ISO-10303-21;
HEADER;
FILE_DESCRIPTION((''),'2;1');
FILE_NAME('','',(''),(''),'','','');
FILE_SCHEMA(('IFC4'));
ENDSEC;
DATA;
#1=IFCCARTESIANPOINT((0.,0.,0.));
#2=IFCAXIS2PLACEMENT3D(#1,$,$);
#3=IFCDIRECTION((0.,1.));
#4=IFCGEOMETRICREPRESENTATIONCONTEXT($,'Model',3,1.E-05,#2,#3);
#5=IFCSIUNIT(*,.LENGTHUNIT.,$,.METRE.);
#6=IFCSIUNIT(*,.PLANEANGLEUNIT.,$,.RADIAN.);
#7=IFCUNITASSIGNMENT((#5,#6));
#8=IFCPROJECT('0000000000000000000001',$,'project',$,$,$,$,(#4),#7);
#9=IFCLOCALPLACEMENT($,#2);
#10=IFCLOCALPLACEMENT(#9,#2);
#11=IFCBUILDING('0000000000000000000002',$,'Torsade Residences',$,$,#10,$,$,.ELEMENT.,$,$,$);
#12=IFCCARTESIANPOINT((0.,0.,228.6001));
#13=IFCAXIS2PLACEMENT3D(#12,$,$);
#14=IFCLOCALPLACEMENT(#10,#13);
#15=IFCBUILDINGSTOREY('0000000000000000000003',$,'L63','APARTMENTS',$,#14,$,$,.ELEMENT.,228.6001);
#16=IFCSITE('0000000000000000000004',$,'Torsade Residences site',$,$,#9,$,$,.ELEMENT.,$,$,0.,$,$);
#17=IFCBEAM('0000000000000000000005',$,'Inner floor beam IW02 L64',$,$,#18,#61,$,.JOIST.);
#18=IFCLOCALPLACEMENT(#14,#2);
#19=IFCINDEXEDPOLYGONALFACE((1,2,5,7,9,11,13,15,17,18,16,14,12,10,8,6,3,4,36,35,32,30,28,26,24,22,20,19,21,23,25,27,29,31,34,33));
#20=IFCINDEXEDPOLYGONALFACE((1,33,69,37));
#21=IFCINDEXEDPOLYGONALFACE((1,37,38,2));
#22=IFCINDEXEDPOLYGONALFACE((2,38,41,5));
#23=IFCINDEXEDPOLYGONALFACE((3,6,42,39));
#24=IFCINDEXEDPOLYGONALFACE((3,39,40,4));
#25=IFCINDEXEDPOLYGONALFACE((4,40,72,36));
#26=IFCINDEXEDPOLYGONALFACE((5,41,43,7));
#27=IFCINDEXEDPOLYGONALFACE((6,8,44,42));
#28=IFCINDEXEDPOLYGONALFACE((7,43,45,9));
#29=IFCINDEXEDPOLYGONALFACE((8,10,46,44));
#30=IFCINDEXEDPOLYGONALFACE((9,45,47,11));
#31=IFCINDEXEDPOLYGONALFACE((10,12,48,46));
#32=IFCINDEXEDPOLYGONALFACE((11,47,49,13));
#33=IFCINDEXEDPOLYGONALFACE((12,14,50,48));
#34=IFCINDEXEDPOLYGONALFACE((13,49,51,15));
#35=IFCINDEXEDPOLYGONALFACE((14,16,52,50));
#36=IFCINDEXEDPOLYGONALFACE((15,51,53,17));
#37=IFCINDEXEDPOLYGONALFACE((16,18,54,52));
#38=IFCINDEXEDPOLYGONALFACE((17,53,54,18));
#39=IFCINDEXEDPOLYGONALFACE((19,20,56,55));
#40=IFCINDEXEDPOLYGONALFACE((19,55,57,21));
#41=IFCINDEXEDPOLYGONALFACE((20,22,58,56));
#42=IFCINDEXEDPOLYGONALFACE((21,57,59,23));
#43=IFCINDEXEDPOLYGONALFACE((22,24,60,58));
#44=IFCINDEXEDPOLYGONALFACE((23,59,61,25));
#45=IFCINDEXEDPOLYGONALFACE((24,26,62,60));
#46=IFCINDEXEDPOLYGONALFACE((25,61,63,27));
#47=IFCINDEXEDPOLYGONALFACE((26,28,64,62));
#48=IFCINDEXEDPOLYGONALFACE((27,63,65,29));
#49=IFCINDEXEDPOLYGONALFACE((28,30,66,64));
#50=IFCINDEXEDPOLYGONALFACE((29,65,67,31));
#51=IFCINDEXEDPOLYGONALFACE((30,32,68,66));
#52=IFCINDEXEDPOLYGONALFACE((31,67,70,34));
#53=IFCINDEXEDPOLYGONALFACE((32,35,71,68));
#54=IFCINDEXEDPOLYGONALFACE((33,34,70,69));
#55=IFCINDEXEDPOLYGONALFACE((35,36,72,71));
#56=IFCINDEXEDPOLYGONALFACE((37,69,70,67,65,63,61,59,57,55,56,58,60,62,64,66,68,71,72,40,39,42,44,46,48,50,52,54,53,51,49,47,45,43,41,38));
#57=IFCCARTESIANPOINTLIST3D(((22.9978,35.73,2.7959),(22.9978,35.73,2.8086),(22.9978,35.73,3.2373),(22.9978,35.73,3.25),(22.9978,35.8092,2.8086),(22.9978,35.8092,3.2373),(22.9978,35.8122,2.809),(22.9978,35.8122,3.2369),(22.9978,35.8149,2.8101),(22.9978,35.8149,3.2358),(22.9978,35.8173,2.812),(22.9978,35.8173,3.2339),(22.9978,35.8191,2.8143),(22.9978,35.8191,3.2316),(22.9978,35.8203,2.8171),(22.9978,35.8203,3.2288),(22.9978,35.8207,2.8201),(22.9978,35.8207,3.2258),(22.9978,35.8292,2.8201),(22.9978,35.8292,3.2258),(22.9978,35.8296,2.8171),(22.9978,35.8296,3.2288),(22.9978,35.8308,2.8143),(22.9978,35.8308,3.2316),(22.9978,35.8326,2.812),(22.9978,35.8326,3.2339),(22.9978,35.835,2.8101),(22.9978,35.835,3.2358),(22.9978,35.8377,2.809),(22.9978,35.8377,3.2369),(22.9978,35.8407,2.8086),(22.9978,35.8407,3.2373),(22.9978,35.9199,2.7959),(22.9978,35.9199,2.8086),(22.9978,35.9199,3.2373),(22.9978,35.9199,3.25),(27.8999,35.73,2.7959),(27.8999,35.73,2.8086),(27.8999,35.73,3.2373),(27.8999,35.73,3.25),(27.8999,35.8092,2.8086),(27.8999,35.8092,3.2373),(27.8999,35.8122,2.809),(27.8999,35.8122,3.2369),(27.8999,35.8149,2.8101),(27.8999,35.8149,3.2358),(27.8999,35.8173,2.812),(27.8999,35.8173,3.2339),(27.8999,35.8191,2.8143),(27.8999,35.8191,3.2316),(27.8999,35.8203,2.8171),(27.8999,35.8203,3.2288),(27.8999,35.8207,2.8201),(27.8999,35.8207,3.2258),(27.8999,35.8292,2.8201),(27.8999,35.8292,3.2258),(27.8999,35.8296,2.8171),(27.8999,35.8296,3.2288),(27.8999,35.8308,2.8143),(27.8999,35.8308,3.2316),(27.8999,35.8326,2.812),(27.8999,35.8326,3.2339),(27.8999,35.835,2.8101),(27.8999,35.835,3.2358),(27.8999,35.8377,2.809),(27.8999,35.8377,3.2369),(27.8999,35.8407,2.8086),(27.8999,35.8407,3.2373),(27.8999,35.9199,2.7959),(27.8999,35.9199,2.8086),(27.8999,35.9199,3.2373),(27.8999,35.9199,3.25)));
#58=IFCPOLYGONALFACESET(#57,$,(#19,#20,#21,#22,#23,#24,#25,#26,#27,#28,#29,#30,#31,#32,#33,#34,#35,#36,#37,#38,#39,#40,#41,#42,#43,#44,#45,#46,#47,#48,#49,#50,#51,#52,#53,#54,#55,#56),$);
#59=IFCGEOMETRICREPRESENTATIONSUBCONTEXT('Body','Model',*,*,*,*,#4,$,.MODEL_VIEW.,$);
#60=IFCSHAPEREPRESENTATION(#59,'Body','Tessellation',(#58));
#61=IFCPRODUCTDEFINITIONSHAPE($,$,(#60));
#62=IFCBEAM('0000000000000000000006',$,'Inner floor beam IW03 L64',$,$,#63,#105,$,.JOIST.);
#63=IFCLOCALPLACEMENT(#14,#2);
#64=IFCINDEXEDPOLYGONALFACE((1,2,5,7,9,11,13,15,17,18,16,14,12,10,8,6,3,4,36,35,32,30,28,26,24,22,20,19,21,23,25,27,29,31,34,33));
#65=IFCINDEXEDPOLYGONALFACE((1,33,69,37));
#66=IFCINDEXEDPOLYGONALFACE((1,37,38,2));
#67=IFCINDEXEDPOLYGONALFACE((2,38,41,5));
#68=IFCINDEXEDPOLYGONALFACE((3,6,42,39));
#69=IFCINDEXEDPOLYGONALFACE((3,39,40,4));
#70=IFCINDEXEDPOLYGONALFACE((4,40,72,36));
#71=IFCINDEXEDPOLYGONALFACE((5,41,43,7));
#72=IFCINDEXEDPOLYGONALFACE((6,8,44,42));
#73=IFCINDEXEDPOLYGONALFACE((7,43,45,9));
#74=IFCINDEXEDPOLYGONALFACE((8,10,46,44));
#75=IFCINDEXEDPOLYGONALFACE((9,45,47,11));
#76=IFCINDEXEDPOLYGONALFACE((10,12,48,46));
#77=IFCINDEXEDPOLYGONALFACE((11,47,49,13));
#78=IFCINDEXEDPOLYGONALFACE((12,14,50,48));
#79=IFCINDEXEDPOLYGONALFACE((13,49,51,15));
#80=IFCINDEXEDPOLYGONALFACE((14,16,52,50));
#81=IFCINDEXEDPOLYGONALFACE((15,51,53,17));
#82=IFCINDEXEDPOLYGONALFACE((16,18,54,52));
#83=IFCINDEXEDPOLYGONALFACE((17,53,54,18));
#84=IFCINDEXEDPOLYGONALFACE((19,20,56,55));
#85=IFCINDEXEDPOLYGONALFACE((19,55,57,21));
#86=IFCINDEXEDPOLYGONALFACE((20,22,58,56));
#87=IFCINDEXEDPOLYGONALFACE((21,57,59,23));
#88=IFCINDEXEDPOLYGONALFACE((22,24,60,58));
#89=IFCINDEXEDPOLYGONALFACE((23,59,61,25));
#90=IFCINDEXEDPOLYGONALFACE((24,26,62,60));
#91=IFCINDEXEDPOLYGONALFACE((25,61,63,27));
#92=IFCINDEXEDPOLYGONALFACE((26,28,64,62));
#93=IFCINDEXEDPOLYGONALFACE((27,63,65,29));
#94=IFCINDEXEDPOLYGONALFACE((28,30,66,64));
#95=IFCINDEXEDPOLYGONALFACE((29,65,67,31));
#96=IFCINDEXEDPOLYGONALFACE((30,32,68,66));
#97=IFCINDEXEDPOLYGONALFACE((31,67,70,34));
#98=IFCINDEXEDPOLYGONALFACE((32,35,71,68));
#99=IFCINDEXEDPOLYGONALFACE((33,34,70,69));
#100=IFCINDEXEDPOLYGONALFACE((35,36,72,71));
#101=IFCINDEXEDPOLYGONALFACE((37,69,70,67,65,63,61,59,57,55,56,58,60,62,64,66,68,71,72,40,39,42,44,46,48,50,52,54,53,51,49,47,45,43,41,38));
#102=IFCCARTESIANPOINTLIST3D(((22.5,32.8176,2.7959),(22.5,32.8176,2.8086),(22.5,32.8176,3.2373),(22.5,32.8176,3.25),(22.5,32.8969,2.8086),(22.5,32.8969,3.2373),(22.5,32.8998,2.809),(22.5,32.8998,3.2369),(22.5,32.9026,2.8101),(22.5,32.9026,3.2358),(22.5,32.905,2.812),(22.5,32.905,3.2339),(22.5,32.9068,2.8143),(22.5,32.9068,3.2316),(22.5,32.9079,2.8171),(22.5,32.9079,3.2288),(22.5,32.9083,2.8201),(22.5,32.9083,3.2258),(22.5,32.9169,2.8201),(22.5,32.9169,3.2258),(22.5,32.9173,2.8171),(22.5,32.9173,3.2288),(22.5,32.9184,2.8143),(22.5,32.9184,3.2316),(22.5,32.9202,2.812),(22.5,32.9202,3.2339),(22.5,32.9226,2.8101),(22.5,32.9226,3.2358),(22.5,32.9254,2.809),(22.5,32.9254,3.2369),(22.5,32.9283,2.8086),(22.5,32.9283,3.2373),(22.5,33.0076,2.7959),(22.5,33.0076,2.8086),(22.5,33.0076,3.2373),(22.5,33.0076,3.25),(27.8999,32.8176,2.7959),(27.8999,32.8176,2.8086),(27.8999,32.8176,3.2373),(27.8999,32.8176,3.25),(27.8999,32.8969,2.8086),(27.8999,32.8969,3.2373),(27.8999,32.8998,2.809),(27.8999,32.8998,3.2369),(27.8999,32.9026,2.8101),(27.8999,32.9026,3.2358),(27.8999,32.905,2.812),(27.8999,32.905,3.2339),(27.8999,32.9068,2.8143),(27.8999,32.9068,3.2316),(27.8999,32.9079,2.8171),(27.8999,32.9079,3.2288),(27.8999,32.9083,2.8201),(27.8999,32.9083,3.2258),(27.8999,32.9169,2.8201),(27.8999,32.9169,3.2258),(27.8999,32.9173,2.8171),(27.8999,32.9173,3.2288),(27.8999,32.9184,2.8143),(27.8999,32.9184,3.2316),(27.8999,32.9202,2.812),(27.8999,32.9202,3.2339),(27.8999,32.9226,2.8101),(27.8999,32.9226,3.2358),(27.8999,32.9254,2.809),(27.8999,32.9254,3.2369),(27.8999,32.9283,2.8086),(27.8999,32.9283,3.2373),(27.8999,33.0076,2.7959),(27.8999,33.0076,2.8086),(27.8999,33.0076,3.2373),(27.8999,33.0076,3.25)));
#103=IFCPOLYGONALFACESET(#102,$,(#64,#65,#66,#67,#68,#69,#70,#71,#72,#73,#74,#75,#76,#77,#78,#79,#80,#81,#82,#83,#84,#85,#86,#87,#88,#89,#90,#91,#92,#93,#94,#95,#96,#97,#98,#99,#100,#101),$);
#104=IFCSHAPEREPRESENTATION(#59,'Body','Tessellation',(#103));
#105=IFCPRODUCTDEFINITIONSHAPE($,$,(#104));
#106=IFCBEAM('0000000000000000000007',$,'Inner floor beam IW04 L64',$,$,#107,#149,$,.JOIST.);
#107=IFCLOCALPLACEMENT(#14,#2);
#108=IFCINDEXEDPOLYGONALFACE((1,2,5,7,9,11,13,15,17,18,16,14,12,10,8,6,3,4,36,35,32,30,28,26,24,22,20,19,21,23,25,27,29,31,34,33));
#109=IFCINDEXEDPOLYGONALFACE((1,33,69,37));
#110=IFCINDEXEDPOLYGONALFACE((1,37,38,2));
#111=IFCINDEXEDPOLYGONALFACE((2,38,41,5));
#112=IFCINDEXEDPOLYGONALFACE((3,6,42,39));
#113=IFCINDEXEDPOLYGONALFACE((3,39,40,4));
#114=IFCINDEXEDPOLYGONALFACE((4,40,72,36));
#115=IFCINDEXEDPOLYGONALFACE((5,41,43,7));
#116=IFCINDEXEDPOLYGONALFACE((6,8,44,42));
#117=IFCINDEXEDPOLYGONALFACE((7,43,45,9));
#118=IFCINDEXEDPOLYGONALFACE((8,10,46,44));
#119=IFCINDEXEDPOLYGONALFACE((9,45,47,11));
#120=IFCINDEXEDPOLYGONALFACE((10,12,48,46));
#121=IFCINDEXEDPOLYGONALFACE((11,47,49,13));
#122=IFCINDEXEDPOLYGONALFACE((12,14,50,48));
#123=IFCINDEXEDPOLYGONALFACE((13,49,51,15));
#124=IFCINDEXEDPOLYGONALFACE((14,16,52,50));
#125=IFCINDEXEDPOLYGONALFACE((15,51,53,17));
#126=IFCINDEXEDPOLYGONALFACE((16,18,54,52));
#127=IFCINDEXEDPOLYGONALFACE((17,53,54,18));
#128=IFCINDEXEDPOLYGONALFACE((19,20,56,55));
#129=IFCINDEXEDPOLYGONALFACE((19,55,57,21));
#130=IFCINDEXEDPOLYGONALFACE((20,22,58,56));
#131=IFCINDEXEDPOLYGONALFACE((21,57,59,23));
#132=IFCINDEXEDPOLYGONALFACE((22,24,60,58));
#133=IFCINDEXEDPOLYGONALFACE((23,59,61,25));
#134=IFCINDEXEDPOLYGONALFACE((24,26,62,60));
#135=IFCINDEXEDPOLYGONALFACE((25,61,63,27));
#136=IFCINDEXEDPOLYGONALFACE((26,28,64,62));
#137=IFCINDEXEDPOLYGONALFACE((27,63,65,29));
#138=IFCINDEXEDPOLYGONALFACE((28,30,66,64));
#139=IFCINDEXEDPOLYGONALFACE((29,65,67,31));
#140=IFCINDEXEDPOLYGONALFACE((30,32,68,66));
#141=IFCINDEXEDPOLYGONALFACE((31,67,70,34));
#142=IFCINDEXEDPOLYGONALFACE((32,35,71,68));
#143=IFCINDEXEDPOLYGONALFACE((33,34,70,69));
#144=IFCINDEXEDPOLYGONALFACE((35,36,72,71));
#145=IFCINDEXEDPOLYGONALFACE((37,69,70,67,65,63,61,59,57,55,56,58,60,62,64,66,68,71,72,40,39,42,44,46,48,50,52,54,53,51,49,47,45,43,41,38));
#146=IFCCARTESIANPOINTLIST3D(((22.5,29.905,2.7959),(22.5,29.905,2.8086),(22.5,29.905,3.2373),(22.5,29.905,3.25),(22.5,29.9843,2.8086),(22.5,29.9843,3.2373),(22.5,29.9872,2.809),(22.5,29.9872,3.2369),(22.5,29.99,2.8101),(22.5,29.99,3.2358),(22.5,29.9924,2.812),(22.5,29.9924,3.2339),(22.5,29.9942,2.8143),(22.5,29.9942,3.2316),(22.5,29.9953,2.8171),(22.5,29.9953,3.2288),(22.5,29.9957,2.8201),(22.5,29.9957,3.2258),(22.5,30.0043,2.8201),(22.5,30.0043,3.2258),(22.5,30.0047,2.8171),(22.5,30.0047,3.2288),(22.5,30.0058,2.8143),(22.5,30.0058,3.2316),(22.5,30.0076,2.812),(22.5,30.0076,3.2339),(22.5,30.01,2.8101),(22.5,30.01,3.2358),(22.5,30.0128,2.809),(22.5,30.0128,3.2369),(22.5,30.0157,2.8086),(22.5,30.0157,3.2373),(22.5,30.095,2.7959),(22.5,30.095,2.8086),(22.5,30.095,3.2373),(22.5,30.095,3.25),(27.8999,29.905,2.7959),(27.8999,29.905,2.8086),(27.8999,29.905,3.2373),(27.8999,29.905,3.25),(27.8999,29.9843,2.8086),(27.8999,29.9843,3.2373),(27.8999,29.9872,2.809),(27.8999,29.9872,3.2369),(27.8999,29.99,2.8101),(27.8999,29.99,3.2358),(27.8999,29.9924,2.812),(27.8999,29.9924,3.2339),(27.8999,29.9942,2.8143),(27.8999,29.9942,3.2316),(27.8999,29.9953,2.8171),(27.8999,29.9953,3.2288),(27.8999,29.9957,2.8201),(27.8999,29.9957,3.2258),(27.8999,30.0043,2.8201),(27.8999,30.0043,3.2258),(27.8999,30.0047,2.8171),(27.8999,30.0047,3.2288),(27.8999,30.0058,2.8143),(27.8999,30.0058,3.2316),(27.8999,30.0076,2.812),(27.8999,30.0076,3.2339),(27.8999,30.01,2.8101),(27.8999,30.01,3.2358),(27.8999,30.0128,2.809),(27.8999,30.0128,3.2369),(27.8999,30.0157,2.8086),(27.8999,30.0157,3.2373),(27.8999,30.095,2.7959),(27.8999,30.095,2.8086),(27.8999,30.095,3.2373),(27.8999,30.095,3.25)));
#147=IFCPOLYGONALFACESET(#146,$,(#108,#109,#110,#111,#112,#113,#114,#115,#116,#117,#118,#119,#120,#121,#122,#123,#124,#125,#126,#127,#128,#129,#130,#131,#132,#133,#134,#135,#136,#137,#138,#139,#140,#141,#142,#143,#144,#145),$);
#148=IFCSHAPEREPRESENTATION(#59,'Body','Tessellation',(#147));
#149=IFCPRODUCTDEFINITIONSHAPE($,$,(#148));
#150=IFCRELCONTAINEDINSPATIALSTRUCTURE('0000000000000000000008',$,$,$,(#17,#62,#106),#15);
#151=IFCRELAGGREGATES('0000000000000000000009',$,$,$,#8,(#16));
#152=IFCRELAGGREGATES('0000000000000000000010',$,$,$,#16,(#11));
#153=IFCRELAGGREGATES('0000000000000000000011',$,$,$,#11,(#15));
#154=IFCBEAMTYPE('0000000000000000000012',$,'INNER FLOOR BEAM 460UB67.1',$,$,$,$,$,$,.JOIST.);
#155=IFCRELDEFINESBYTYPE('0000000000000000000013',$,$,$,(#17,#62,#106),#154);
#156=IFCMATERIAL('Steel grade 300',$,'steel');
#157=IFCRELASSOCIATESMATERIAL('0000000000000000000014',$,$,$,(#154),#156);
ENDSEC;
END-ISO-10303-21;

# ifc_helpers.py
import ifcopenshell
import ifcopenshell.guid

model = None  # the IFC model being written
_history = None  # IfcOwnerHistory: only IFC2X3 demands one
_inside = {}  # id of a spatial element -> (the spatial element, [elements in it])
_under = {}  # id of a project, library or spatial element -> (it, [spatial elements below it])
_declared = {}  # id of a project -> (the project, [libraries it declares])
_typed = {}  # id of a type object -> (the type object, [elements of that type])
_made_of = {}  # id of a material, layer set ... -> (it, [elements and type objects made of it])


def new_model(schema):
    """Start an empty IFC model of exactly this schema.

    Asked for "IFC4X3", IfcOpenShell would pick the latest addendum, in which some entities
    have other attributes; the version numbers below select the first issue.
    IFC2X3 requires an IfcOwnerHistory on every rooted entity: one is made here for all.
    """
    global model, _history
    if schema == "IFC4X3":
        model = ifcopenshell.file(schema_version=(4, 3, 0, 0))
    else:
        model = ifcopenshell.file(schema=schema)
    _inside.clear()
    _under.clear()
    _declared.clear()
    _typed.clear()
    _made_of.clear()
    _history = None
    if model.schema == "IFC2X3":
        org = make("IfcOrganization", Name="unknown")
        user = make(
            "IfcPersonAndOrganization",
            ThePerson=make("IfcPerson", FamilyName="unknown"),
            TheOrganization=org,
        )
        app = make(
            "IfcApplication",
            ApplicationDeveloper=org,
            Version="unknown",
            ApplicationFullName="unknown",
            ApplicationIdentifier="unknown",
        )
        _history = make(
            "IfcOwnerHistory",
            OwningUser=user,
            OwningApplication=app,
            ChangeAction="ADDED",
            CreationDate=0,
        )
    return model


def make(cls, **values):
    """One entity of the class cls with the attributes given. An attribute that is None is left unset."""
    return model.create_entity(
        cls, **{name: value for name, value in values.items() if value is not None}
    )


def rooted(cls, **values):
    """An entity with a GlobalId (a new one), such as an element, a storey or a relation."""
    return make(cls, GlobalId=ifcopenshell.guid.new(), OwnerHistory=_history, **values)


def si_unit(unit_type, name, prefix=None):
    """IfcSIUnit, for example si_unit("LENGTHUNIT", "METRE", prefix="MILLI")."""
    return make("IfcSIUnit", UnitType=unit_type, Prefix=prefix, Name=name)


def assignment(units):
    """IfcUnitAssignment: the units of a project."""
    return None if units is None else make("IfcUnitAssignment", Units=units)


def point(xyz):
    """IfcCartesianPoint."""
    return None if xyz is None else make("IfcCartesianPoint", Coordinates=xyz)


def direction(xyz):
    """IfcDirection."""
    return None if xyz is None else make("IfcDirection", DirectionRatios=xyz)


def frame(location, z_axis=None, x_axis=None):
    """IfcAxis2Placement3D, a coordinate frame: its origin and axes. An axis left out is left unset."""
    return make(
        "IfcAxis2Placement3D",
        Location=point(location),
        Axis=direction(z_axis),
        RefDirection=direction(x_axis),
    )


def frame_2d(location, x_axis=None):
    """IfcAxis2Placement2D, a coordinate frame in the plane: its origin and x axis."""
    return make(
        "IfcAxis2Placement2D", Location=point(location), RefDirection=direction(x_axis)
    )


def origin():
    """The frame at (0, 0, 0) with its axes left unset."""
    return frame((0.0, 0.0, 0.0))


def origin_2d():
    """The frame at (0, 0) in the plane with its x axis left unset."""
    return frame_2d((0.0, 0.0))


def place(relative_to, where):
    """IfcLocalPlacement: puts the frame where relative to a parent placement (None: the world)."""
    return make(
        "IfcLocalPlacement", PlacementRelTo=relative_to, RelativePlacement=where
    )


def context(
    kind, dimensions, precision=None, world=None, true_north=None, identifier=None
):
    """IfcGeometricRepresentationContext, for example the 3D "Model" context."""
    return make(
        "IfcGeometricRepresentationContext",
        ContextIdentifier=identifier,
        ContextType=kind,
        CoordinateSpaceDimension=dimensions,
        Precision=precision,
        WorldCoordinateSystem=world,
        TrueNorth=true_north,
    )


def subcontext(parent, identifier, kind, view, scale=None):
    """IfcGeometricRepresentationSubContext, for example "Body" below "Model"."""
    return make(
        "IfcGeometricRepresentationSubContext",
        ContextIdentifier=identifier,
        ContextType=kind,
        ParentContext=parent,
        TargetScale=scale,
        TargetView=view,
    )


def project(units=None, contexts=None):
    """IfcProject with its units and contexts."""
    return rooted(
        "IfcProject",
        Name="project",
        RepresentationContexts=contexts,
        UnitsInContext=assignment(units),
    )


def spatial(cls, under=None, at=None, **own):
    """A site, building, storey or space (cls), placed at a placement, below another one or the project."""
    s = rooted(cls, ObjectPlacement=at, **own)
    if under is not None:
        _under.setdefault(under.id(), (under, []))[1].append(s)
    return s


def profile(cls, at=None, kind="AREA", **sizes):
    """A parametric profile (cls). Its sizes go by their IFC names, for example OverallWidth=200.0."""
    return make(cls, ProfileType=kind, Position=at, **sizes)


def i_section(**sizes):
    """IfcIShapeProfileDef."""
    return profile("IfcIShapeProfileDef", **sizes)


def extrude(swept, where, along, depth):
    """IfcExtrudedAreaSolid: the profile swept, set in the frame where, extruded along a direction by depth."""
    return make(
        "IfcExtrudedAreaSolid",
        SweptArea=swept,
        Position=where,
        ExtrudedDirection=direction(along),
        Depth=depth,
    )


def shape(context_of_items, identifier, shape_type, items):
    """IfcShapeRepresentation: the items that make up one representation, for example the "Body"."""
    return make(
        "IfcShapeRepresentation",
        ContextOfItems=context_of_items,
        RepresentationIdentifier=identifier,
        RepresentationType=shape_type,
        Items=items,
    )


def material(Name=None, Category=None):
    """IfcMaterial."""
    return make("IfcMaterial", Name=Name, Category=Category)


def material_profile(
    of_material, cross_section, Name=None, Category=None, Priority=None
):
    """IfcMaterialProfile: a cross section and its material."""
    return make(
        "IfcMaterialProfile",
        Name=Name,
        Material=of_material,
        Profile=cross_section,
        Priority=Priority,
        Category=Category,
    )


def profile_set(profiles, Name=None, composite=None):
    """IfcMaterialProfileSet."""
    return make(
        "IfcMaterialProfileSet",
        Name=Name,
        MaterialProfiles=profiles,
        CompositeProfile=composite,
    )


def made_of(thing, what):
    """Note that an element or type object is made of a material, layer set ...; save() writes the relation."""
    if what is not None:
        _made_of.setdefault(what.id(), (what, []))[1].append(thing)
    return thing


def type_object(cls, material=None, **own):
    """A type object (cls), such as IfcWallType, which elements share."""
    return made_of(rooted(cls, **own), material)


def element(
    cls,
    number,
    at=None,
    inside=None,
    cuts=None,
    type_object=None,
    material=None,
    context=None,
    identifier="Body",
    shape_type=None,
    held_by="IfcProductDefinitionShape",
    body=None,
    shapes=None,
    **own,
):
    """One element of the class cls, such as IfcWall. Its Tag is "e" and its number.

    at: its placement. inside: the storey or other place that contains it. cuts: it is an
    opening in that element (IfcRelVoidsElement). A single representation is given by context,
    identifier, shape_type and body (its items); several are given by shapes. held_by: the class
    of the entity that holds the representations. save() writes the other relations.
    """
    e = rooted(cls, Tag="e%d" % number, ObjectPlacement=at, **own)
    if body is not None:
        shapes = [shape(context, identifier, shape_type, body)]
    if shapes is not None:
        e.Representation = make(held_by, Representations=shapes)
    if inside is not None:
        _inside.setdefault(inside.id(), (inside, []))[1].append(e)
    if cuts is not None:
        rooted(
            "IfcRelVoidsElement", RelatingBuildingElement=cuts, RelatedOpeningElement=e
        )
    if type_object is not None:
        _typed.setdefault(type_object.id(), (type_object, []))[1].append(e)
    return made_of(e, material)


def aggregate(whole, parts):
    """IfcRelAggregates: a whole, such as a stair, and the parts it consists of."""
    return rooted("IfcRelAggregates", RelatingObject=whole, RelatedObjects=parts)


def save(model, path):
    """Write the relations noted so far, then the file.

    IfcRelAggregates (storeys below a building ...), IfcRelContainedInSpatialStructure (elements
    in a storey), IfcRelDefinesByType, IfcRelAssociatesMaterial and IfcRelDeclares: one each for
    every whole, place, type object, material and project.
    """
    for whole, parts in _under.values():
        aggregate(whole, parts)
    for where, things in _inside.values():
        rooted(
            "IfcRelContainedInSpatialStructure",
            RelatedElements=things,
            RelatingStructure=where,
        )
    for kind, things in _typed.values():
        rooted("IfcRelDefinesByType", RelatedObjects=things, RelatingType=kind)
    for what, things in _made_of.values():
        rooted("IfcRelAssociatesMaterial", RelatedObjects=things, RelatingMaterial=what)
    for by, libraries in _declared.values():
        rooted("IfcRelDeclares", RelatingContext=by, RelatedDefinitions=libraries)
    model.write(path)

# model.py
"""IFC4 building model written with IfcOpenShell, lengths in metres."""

from ifc_helpers import new_model, si_unit, direction, frame, origin, origin_2d, place, context, subcontext, project, spatial, i_section, extrude, material, material_profile, profile_set, type_object, element, save


model = new_model("IFC4")

# Units and contexts
model_context = context("Model", 3, precision=1e-05, world=origin(), true_north=direction((0.0, 1.0)))
body_context = subcontext(model_context, "Body", "Model", "MODEL_VIEW")
ifc_project = project(units=[si_unit("LENGTHUNIT", "METRE"), si_unit("PLANEANGLEUNIT", "RADIAN")], contexts=[model_context])

# Site, building, storey
site_placement = place(None, origin())
site = spatial("IfcSite", under=ifc_project, at=site_placement, Name="Torsade Residences site", CompositionType="ELEMENT", RefElevation=0.0)
building_placement = place(site_placement, origin())
building = spatial("IfcBuilding", under=site, at=building_placement, Name="Torsade Residences", CompositionType="ELEMENT")
storey_placement = place(building_placement, frame((0.0, 0.0, 228.6001)))
storey = spatial("IfcBuildingStorey", under=building, at=storey_placement, Name="L63", Description="APARTMENTS", CompositionType="ELEMENT", Elevation=228.6001)

# Beams
ifc_material_1 = material(Name="Steel grade 300", Category="steel")
ifc_material_profile = material_profile(ifc_material_1, i_section(OverallWidth=0.1899, OverallDepth=0.4541, WebThickness=0.0085, FlangeThickness=0.0127, FilletRadius=0.0115, at=origin_2d()), Name="460UB67.1")
ifc_profile_set = profile_set([ifc_material_profile], Name="Steel grade 300")
beam_type = type_object("IfcBeamType", Name="INNER FLOOR BEAM 460UB67.1", PredefinedType="JOIST", material=ifc_profile_set)
beam_placement = place(storey_placement, frame((27.8999, 35.825, 3.0229), z_axis=(-1.0, 0.0, 0.0), x_axis=(0.0, -1.0, 0.0)))
element("IfcBeam", 1, at=beam_placement, inside=storey, type_object=beam_type, Name="Inner floor beam IW02 L64", PredefinedType="JOIST", context=body_context, shape_type="SweptSolid", body=[
    extrude(i_section(OverallWidth=0.1899, OverallDepth=0.4541, WebThickness=0.0085, FlangeThickness=0.0127, FilletRadius=0.0115, at=origin_2d()), origin(), (0.0, 0.0, 1.0), 4.9021),
])
for number, where, z_axis, x_axis, name in (
    (2, (27.8999, 32.9126, 3.0229), (-1.0, 0.0, 0.0), (0.0, -1.0, 0.0), "Inner floor beam IW03 L64"),
    (3, (27.8999, 30.0, 3.0229), (-1.0, 0.0, 0.0), (0.0, -1.0, 0.0), "Inner floor beam IW04 L64"),
):
    element("IfcBeam", number, at=place(storey_placement, frame(where, z_axis=z_axis, x_axis=x_axis)), inside=storey, type_object=beam_type, Name=name, PredefinedType="JOIST", context=body_context, shape_type="SweptSolid", body=[
        extrude(i_section(OverallWidth=0.1899, OverallDepth=0.4541, WebThickness=0.0085, FlangeThickness=0.0127, FilletRadius=0.0115, at=origin_2d()), origin(), (0.0, 0.0, 1.0), 5.3999),
    ])

save(model, "model.ifc")
